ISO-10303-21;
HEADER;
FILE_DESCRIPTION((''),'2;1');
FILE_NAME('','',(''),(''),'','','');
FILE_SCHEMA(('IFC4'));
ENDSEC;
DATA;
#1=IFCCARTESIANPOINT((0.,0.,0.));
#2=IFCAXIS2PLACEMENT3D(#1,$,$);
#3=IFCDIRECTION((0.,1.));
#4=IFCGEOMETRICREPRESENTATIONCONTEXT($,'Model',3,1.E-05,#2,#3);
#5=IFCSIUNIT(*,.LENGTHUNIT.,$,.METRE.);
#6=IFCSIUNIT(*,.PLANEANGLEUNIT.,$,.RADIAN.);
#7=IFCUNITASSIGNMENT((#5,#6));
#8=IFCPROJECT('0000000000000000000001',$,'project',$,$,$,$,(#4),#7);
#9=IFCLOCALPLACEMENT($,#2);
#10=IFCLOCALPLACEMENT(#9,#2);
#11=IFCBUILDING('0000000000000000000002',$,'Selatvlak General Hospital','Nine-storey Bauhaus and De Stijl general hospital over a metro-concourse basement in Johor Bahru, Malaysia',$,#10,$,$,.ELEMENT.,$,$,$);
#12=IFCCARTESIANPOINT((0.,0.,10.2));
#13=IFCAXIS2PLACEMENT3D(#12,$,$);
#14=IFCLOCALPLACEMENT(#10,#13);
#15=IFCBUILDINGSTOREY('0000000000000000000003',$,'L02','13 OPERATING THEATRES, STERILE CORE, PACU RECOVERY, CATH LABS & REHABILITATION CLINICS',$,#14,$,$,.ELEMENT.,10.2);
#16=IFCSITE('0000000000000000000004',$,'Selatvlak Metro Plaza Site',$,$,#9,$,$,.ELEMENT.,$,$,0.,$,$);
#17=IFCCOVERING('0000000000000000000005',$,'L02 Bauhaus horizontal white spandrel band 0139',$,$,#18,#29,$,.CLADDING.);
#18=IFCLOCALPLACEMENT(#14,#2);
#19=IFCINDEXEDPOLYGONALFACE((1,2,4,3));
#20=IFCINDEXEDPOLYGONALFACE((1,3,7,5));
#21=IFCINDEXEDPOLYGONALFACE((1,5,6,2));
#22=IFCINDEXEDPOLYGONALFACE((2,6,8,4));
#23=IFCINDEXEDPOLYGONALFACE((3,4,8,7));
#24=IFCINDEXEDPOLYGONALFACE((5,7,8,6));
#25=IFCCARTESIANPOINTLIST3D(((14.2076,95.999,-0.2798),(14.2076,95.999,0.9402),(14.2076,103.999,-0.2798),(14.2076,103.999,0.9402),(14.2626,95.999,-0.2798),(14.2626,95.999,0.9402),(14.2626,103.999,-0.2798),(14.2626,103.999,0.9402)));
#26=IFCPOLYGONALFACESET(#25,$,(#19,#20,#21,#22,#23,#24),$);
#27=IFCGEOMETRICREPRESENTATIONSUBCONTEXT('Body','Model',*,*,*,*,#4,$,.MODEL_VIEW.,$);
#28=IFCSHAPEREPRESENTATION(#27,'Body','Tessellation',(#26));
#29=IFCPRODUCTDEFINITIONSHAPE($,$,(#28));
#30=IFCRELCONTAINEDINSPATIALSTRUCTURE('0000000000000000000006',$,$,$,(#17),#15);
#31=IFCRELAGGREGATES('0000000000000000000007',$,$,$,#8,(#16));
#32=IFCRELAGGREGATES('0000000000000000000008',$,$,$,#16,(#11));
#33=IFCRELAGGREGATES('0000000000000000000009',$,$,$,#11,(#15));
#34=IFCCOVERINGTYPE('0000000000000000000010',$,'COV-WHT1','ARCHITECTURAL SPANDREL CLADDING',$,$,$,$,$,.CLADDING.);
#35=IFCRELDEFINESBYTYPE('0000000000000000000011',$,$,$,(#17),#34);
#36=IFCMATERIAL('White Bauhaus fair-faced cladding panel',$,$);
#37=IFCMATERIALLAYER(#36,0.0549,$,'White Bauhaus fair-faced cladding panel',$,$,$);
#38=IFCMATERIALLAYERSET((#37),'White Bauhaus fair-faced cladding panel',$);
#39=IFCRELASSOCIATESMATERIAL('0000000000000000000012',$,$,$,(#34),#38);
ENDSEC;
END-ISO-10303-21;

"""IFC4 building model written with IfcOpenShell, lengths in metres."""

from ifc_helpers import new_model, si_unit, direction, frame, origin, origin_2d, place, context, subcontext, project, spatial, rectangle, extrude, material, layer, layer_set, type_object, element, save


model = new_model("IFC4")

# Units and contexts
model_context = context("Model", 3, precision=1e-05, world=origin(), true_north=direction((0.0, 1.0)))
body_context = subcontext(model_context, "Body", "Model", "MODEL_VIEW")
ifc_project = project(units=[si_unit("LENGTHUNIT", "METRE"), si_unit("PLANEANGLEUNIT", "RADIAN")], contexts=[model_context])

# Site, building, storey
site_placement = place(None, origin())
site = spatial("IfcSite", under=ifc_project, at=site_placement, Name="Selatvlak Metro Plaza Site", CompositionType="ELEMENT", RefElevation=0.0)
building_placement = place(site_placement, origin())
building = spatial("IfcBuilding", under=site, at=building_placement, Name="Selatvlak General Hospital", Description="Nine-storey Bauhaus and De Stijl general hospital over a metro-concourse basement in Johor Bahru, Malaysia", CompositionType="ELEMENT")
storey_placement = place(building_placement, frame((0.0, 0.0, 10.2)))
storey = spatial("IfcBuildingStorey", under=building, at=storey_placement, Name="L02", Description="13 OPERATING THEATRES, STERILE CORE, PACU RECOVERY, CATH LABS & REHABILITATION CLINICS", CompositionType="ELEMENT", Elevation=10.2)

# Covering
ifc_material_1 = material(Name="White Bauhaus fair-faced cladding panel")
ifc_layer_1 = layer(ifc_material_1, 0.0549, Name="White Bauhaus fair-faced cladding panel")
ifc_layer_set_1 = layer_set([ifc_layer_1], Name="White Bauhaus fair-faced cladding panel")
covering_type = type_object("IfcCoveringType", Name="COV-WHT1", Description="ARCHITECTURAL SPANDREL CLADDING", PredefinedType="CLADDING", material=ifc_layer_set_1)
covering_placement = place(storey_placement, frame((14.2351, 99.999, -0.2798), z_axis=(0.0, 0.0, 1.0), x_axis=(0.0, 1.0, 0.0)))
element("IfcCovering", 1, at=covering_placement, inside=storey, type_object=covering_type, Name="L02 Bauhaus horizontal white spandrel band 0139", PredefinedType="CLADDING", context=body_context, shape_type="SweptSolid", body=[
    extrude(rectangle(XDim=8.0, YDim=0.0549, at=origin_2d()), origin(), (0.0, 0.0, 1.0), 1.22),
])

save(model, "model.ifc")
